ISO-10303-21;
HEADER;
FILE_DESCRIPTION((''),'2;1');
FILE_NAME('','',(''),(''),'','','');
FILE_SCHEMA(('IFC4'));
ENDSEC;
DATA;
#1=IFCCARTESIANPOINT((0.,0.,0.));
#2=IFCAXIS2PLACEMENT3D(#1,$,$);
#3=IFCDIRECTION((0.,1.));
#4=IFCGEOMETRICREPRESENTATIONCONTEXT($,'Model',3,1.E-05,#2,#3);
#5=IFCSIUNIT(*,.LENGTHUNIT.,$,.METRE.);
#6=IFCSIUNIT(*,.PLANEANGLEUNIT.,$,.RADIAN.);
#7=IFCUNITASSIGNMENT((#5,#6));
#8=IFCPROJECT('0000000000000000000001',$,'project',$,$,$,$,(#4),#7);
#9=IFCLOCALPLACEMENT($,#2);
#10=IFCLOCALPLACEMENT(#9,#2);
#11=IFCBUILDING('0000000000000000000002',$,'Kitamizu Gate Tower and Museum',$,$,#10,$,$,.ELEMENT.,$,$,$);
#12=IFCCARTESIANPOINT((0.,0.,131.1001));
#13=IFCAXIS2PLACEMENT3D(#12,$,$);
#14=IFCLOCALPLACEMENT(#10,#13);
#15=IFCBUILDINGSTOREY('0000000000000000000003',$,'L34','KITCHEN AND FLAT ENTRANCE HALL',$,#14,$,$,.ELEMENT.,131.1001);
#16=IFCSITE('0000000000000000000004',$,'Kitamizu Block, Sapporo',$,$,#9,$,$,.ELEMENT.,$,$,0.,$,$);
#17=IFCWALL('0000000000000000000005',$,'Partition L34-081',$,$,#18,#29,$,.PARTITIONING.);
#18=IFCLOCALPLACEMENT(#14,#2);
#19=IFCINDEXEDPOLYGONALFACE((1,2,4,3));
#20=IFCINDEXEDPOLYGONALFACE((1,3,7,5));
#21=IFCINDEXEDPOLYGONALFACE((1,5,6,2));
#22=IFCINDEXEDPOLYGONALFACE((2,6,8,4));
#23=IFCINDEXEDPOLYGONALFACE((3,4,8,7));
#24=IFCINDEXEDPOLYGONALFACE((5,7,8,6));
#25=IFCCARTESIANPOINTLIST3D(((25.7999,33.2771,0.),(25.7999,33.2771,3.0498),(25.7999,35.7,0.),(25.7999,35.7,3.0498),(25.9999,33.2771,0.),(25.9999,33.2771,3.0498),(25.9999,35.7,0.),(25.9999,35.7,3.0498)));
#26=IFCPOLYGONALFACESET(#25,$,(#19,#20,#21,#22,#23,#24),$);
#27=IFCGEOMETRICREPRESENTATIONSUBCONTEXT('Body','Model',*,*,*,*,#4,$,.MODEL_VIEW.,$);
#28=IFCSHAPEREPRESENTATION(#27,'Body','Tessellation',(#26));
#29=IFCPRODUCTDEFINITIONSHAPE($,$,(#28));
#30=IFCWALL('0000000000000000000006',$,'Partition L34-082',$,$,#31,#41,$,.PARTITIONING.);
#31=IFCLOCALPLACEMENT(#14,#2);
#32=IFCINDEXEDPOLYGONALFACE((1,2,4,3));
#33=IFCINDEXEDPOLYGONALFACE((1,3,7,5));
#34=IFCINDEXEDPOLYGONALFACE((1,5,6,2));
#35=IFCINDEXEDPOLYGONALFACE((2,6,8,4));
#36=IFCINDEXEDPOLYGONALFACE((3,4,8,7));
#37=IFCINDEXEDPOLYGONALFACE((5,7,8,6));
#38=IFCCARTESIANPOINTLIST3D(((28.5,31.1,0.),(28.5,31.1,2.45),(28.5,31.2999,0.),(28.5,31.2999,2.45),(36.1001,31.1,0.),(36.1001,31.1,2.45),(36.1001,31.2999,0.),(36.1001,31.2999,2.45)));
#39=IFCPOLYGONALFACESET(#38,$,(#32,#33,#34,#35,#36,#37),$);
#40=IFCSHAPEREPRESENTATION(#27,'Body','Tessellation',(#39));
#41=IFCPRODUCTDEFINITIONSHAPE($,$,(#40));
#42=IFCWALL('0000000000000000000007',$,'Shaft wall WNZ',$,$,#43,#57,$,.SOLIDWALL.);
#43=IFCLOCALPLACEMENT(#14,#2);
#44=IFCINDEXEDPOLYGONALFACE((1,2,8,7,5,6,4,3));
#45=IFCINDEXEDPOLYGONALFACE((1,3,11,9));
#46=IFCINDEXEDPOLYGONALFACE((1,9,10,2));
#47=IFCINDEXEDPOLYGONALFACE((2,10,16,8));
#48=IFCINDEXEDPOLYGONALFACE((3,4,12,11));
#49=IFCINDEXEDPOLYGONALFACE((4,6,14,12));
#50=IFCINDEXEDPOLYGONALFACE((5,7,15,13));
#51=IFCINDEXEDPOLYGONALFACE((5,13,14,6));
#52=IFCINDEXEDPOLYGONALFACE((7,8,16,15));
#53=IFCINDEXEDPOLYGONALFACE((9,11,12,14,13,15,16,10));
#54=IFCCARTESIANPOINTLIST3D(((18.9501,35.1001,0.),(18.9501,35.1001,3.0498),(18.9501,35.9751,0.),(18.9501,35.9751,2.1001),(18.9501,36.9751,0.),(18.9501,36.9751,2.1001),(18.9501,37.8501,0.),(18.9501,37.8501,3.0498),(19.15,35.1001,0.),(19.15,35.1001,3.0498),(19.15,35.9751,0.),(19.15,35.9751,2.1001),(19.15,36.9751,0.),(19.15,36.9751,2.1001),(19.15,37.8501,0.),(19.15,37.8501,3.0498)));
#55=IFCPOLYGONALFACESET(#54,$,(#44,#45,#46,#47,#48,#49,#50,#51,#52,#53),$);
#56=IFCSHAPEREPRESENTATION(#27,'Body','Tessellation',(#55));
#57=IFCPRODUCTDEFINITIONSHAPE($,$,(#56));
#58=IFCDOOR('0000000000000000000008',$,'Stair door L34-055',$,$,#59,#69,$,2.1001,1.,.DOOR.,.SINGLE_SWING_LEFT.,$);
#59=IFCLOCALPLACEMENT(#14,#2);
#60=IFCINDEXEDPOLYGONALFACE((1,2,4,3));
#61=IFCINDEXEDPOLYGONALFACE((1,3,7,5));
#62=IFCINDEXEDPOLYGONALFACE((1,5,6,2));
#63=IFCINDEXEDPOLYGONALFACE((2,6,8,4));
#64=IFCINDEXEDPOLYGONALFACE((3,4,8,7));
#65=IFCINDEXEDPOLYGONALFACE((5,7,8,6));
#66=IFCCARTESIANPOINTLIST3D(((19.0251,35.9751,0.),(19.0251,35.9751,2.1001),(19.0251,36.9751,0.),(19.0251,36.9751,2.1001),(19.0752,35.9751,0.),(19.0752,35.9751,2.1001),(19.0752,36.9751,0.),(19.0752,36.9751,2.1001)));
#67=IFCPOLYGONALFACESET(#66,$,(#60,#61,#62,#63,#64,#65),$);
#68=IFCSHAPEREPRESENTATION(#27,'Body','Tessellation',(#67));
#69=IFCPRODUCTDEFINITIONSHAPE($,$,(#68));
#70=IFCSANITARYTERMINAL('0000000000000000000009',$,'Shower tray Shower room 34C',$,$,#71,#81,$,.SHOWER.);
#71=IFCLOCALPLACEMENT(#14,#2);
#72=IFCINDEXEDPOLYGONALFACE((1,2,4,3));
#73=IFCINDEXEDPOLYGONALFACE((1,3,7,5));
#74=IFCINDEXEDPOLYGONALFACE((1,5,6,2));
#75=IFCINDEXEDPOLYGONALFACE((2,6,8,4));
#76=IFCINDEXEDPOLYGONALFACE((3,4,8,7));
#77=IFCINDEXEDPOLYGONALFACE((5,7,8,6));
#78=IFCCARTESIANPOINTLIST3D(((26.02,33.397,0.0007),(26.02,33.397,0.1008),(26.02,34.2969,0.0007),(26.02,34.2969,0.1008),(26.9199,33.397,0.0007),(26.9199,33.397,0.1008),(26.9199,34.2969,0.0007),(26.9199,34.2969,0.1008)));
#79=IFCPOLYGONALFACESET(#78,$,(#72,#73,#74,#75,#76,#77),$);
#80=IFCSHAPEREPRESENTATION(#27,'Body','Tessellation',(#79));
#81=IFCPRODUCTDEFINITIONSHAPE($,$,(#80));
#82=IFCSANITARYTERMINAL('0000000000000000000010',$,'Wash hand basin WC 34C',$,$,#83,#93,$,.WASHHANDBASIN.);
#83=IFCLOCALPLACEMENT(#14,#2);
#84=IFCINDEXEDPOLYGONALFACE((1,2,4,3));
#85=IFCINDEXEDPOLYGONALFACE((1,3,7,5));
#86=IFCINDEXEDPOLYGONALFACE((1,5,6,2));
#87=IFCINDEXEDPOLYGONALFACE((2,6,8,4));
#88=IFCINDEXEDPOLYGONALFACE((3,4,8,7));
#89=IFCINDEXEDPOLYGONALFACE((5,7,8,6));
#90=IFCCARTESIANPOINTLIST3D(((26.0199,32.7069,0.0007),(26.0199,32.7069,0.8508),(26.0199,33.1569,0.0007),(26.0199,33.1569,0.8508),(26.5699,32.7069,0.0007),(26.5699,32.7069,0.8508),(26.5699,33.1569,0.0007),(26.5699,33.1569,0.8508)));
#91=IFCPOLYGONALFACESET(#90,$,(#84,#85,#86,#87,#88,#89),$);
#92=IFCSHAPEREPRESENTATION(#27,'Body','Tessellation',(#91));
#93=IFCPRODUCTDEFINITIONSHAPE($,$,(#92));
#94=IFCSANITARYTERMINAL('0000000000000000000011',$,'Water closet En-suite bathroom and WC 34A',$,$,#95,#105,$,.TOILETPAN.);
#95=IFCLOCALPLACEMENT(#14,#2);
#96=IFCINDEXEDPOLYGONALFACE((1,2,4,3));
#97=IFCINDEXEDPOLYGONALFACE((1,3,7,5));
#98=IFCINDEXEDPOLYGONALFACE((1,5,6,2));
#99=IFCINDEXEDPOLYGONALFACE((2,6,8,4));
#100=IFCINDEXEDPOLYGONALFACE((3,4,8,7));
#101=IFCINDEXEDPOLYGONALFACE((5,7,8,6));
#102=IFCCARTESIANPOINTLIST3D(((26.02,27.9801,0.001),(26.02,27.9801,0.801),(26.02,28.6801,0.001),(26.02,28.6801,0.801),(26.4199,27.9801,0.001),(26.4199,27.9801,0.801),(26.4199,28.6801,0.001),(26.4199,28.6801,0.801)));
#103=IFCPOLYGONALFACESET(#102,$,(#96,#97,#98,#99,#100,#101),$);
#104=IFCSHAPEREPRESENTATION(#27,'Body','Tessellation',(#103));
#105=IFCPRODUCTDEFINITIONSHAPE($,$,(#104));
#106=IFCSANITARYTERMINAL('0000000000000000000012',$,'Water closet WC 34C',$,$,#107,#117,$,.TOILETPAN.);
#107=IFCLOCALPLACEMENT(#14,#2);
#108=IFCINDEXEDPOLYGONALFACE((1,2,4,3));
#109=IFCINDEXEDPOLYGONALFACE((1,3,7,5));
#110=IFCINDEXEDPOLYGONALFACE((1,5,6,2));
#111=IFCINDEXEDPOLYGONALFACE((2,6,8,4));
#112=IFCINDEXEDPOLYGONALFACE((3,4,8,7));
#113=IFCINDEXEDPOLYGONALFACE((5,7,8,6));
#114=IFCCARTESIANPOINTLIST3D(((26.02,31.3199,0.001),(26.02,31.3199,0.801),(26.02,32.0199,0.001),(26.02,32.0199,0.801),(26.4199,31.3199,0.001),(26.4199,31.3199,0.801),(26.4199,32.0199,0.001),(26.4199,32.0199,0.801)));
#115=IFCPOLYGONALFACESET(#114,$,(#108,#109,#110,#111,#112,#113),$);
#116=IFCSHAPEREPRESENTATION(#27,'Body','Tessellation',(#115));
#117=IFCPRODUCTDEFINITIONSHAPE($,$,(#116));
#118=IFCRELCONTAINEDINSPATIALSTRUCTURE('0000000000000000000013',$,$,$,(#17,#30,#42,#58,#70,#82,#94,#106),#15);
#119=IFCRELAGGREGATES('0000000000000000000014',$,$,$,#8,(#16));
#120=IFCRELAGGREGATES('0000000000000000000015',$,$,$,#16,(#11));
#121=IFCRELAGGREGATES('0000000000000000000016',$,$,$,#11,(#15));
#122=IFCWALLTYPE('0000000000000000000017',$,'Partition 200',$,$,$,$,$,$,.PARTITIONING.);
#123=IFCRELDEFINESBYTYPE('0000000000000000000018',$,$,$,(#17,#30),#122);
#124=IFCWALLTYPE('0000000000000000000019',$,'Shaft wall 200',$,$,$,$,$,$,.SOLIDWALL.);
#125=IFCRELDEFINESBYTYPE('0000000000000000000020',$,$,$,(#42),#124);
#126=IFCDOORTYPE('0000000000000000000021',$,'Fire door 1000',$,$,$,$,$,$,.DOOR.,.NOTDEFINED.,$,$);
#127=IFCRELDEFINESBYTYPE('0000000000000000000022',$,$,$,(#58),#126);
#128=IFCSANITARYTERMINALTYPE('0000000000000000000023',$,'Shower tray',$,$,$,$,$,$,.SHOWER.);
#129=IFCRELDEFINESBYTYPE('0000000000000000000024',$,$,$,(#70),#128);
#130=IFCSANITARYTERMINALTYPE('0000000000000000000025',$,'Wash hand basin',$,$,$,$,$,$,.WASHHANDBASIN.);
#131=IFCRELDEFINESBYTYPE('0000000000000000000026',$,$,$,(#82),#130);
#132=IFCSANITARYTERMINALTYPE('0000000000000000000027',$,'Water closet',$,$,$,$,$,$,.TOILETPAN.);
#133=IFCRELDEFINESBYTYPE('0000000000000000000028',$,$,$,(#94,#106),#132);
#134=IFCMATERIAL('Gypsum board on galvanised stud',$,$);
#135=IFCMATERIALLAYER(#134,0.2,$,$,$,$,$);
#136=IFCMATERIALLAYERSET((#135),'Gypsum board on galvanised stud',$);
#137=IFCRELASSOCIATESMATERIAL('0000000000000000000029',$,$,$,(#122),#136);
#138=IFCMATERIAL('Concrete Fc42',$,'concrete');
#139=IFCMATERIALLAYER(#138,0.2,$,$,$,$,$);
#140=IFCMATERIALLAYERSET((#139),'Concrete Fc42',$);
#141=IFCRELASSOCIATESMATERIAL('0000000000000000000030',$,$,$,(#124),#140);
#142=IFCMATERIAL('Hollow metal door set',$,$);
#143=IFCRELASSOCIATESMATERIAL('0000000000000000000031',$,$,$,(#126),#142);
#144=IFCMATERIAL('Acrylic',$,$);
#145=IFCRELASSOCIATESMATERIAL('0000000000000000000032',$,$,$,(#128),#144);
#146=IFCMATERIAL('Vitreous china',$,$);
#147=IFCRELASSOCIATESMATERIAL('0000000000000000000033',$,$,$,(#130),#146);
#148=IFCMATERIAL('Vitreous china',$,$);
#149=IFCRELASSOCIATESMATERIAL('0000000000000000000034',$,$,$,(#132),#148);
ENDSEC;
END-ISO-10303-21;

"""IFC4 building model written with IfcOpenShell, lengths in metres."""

from ifc_helpers import new_model, si_unit, direction, frame, frame_2d, origin, origin_2d, place, context, subcontext, project, spatial, rectangle, extrude, material, layer, layer_set, type_object, element, fill, save


model = new_model("IFC4")

# Units and contexts
model_context = context("Model", 3, precision=1e-05, world=origin(), true_north=direction((0.0, 1.0)))
body_context = subcontext(model_context, "Body", "Model", "MODEL_VIEW")
ifc_project = project(units=[si_unit("LENGTHUNIT", "METRE"), si_unit("PLANEANGLEUNIT", "RADIAN")], contexts=[model_context])

# Site, building, storey
site_placement = place(None, origin())
site = spatial("IfcSite", under=ifc_project, at=site_placement, Name="Kitamizu Block, Sapporo", CompositionType="ELEMENT", RefElevation=0.0)
building_placement = place(site_placement, origin())
building = spatial("IfcBuilding", under=site, at=building_placement, Name="Kitamizu Gate Tower and Museum", CompositionType="ELEMENT")
storey_placement = place(building_placement, frame((0.0, 0.0, 131.1001)))
storey = spatial("IfcBuildingStorey", under=building, at=storey_placement, Name="L34", Description="KITCHEN AND FLAT ENTRANCE HALL", CompositionType="ELEMENT", Elevation=131.1001)

# Walls
ifc_material_1 = material(Name="Gypsum board on galvanised stud")
ifc_layer_1 = layer(ifc_material_1, 0.2)
ifc_layer_set_1 = layer_set([ifc_layer_1], Name="Gypsum board on galvanised stud")
wall_type_1 = type_object("IfcWallType", Name="Partition 200", PredefinedType="PARTITIONING", material=ifc_layer_set_1)
wall_1_placement = place(storey_placement, frame((25.8999, 35.7, 0.0), z_axis=(0.0, 0.0, 1.0), x_axis=(0.0, -1.0, 0.0)))
element("IfcWall", 1, at=wall_1_placement, inside=storey, type_object=wall_type_1, Name="Partition L34-081", PredefinedType="PARTITIONING", context=body_context, shape_type="SweptSolid", body=[
    extrude(rectangle(XDim=2.4229, YDim=0.2, at=frame_2d((1.2114, 0.0))), origin(), (0.0, 0.0, 1.0), 3.0498),
])
wall_2_placement = place(storey_placement, frame((28.5, 31.2, 0.0), z_axis=(0.0, 0.0, 1.0), x_axis=(1.0, 0.0, 0.0)))
element("IfcWall", 2, at=wall_2_placement, inside=storey, type_object=wall_type_1, Name="Partition L34-082", PredefinedType="PARTITIONING", context=body_context, shape_type="SweptSolid", body=[
    extrude(rectangle(XDim=7.6001, YDim=0.2, at=frame_2d((3.8, 0.0))), origin(), (0.0, 0.0, 1.0), 2.45),
])

# Wall, opening, door
ifc_material_2 = material(Name="Concrete Fc42", Category="concrete")
ifc_layer_2 = layer(ifc_material_2, 0.2)
ifc_layer_set_2 = layer_set([ifc_layer_2], Name="Concrete Fc42")
wall_type_2 = type_object("IfcWallType", Name="Shaft wall 200", PredefinedType="SOLIDWALL", material=ifc_layer_set_2)
wall_3_placement = place(storey_placement, frame((19.05, 35.1001, 0.0), z_axis=(0.0, 0.0, 1.0), x_axis=(0.0, 1.0, 0.0)))
wall_3 = element("IfcWall", 3, at=wall_3_placement, inside=storey, type_object=wall_type_2, Name="Shaft wall WNZ", PredefinedType="SOLIDWALL", context=body_context, shape_type="SweptSolid", body=[
    extrude(rectangle(XDim=2.75, YDim=0.2, at=frame_2d((1.375, 0.0))), origin(), (0.0, 0.0, 1.0), 3.0498),
])
opening_1_placement = place(wall_3_placement, frame((0.875, 0.0, 0.0)))
opening_1 = element("IfcOpeningElement", 4, at=opening_1_placement, cuts=wall_3, PredefinedType="OPENING", context=body_context, shape_type="SweptSolid", body=[
    extrude(rectangle(XDim=1.0, YDim=2.1001, at=frame_2d((0.5, 1.05))), frame((0.0, 0.1099, 0.0), z_axis=(0.0, -1.0, 0.0), x_axis=(1.0, 0.0, 0.0)), (0.0, 0.0, 1.0), 0.22),
])
ifc_material_3 = material(Name="Hollow metal door set")
door_type_1 = type_object("IfcDoorType", Name="Fire door 1000", OperationType="NOTDEFINED", PredefinedType="DOOR", material=ifc_material_3)
door_1_placement = place(opening_1_placement, origin())
door_1 = element("IfcDoor", 5, at=door_1_placement, inside=storey, type_object=door_type_1, Name="Stair door L34-055", OperationType="SINGLE_SWING_LEFT", OverallHeight=2.1001, OverallWidth=1.0, PredefinedType="DOOR", context=body_context, shape_type="SweptSolid", body=[
    extrude(rectangle(XDim=1.0, YDim=2.1001, at=frame_2d((0.5, 1.05))), frame((0.0, 0.0249, 0.0), z_axis=(0.0, -1.0, 0.0), x_axis=(1.0, 0.0, 0.0)), (0.0, 0.0, 1.0), 0.05),
])
fill(opening_1, door_1)

# Sanitary terminals
ifc_material_4 = material(Name="Acrylic")
sanitary_terminal_type_1 = type_object("IfcSanitaryTerminalType", Name="Shower tray", PredefinedType="SHOWER", material=ifc_material_4)
sanitary_terminal_1_placement = place(storey_placement, frame((26.47, 33.8469, 0.0007), z_axis=(0.0, 0.0, 1.0), x_axis=(1.0, 0.0, 0.0)))
element("IfcSanitaryTerminal", 6, at=sanitary_terminal_1_placement, inside=storey, type_object=sanitary_terminal_type_1, Name="Shower tray Shower room 34C", PredefinedType="SHOWER", context=body_context, shape_type="SweptSolid", body=[
    extrude(rectangle(XDim=0.8999, YDim=0.8999, at=origin_2d()), origin(), (0.0, 0.0, 1.0), 0.1001),
])
ifc_material_5 = material(Name="Vitreous china")
sanitary_terminal_type_2 = type_object("IfcSanitaryTerminalType", Name="Wash hand basin", PredefinedType="WASHHANDBASIN", material=ifc_material_5)
sanitary_terminal_2_placement = place(storey_placement, frame((26.2949, 32.9319, 0.0007), z_axis=(0.0, 0.0, 1.0), x_axis=(1.0, 0.0, 0.0)))
element("IfcSanitaryTerminal", 7, at=sanitary_terminal_2_placement, inside=storey, type_object=sanitary_terminal_type_2, Name="Wash hand basin WC 34C", PredefinedType="WASHHANDBASIN", context=body_context, shape_type="SweptSolid", body=[
    extrude(rectangle(XDim=0.55, YDim=0.45, at=origin_2d()), origin(), (0.0, 0.0, 1.0), 0.8501),
])
ifc_material_6 = material(Name="Vitreous china")
sanitary_terminal_type_3 = type_object("IfcSanitaryTerminalType", Name="Water closet", PredefinedType="TOILETPAN", material=ifc_material_6)
for number, where, z_axis, x_axis, name in (
    (8, (26.22, 28.3301, 0.001), (0.0, 0.0, 1.0), (1.0, 0.0, 0.0), "Water closet En-suite bathroom and WC 34A"),
    (9, (26.22, 31.6699, 0.001), (0.0, 0.0, 1.0), (1.0, 0.0, 0.0), "Water closet WC 34C"),
):
    element("IfcSanitaryTerminal", number, at=place(storey_placement, frame(where, z_axis=z_axis, x_axis=x_axis)), inside=storey, type_object=sanitary_terminal_type_3, Name=name, PredefinedType="TOILETPAN", context=body_context, shape_type="SweptSolid", body=[
        extrude(rectangle(XDim=0.3999, YDim=0.7, at=origin_2d()), origin(), (0.0, 0.0, 1.0), 0.8),
    ])

save(model, "model.ifc")
